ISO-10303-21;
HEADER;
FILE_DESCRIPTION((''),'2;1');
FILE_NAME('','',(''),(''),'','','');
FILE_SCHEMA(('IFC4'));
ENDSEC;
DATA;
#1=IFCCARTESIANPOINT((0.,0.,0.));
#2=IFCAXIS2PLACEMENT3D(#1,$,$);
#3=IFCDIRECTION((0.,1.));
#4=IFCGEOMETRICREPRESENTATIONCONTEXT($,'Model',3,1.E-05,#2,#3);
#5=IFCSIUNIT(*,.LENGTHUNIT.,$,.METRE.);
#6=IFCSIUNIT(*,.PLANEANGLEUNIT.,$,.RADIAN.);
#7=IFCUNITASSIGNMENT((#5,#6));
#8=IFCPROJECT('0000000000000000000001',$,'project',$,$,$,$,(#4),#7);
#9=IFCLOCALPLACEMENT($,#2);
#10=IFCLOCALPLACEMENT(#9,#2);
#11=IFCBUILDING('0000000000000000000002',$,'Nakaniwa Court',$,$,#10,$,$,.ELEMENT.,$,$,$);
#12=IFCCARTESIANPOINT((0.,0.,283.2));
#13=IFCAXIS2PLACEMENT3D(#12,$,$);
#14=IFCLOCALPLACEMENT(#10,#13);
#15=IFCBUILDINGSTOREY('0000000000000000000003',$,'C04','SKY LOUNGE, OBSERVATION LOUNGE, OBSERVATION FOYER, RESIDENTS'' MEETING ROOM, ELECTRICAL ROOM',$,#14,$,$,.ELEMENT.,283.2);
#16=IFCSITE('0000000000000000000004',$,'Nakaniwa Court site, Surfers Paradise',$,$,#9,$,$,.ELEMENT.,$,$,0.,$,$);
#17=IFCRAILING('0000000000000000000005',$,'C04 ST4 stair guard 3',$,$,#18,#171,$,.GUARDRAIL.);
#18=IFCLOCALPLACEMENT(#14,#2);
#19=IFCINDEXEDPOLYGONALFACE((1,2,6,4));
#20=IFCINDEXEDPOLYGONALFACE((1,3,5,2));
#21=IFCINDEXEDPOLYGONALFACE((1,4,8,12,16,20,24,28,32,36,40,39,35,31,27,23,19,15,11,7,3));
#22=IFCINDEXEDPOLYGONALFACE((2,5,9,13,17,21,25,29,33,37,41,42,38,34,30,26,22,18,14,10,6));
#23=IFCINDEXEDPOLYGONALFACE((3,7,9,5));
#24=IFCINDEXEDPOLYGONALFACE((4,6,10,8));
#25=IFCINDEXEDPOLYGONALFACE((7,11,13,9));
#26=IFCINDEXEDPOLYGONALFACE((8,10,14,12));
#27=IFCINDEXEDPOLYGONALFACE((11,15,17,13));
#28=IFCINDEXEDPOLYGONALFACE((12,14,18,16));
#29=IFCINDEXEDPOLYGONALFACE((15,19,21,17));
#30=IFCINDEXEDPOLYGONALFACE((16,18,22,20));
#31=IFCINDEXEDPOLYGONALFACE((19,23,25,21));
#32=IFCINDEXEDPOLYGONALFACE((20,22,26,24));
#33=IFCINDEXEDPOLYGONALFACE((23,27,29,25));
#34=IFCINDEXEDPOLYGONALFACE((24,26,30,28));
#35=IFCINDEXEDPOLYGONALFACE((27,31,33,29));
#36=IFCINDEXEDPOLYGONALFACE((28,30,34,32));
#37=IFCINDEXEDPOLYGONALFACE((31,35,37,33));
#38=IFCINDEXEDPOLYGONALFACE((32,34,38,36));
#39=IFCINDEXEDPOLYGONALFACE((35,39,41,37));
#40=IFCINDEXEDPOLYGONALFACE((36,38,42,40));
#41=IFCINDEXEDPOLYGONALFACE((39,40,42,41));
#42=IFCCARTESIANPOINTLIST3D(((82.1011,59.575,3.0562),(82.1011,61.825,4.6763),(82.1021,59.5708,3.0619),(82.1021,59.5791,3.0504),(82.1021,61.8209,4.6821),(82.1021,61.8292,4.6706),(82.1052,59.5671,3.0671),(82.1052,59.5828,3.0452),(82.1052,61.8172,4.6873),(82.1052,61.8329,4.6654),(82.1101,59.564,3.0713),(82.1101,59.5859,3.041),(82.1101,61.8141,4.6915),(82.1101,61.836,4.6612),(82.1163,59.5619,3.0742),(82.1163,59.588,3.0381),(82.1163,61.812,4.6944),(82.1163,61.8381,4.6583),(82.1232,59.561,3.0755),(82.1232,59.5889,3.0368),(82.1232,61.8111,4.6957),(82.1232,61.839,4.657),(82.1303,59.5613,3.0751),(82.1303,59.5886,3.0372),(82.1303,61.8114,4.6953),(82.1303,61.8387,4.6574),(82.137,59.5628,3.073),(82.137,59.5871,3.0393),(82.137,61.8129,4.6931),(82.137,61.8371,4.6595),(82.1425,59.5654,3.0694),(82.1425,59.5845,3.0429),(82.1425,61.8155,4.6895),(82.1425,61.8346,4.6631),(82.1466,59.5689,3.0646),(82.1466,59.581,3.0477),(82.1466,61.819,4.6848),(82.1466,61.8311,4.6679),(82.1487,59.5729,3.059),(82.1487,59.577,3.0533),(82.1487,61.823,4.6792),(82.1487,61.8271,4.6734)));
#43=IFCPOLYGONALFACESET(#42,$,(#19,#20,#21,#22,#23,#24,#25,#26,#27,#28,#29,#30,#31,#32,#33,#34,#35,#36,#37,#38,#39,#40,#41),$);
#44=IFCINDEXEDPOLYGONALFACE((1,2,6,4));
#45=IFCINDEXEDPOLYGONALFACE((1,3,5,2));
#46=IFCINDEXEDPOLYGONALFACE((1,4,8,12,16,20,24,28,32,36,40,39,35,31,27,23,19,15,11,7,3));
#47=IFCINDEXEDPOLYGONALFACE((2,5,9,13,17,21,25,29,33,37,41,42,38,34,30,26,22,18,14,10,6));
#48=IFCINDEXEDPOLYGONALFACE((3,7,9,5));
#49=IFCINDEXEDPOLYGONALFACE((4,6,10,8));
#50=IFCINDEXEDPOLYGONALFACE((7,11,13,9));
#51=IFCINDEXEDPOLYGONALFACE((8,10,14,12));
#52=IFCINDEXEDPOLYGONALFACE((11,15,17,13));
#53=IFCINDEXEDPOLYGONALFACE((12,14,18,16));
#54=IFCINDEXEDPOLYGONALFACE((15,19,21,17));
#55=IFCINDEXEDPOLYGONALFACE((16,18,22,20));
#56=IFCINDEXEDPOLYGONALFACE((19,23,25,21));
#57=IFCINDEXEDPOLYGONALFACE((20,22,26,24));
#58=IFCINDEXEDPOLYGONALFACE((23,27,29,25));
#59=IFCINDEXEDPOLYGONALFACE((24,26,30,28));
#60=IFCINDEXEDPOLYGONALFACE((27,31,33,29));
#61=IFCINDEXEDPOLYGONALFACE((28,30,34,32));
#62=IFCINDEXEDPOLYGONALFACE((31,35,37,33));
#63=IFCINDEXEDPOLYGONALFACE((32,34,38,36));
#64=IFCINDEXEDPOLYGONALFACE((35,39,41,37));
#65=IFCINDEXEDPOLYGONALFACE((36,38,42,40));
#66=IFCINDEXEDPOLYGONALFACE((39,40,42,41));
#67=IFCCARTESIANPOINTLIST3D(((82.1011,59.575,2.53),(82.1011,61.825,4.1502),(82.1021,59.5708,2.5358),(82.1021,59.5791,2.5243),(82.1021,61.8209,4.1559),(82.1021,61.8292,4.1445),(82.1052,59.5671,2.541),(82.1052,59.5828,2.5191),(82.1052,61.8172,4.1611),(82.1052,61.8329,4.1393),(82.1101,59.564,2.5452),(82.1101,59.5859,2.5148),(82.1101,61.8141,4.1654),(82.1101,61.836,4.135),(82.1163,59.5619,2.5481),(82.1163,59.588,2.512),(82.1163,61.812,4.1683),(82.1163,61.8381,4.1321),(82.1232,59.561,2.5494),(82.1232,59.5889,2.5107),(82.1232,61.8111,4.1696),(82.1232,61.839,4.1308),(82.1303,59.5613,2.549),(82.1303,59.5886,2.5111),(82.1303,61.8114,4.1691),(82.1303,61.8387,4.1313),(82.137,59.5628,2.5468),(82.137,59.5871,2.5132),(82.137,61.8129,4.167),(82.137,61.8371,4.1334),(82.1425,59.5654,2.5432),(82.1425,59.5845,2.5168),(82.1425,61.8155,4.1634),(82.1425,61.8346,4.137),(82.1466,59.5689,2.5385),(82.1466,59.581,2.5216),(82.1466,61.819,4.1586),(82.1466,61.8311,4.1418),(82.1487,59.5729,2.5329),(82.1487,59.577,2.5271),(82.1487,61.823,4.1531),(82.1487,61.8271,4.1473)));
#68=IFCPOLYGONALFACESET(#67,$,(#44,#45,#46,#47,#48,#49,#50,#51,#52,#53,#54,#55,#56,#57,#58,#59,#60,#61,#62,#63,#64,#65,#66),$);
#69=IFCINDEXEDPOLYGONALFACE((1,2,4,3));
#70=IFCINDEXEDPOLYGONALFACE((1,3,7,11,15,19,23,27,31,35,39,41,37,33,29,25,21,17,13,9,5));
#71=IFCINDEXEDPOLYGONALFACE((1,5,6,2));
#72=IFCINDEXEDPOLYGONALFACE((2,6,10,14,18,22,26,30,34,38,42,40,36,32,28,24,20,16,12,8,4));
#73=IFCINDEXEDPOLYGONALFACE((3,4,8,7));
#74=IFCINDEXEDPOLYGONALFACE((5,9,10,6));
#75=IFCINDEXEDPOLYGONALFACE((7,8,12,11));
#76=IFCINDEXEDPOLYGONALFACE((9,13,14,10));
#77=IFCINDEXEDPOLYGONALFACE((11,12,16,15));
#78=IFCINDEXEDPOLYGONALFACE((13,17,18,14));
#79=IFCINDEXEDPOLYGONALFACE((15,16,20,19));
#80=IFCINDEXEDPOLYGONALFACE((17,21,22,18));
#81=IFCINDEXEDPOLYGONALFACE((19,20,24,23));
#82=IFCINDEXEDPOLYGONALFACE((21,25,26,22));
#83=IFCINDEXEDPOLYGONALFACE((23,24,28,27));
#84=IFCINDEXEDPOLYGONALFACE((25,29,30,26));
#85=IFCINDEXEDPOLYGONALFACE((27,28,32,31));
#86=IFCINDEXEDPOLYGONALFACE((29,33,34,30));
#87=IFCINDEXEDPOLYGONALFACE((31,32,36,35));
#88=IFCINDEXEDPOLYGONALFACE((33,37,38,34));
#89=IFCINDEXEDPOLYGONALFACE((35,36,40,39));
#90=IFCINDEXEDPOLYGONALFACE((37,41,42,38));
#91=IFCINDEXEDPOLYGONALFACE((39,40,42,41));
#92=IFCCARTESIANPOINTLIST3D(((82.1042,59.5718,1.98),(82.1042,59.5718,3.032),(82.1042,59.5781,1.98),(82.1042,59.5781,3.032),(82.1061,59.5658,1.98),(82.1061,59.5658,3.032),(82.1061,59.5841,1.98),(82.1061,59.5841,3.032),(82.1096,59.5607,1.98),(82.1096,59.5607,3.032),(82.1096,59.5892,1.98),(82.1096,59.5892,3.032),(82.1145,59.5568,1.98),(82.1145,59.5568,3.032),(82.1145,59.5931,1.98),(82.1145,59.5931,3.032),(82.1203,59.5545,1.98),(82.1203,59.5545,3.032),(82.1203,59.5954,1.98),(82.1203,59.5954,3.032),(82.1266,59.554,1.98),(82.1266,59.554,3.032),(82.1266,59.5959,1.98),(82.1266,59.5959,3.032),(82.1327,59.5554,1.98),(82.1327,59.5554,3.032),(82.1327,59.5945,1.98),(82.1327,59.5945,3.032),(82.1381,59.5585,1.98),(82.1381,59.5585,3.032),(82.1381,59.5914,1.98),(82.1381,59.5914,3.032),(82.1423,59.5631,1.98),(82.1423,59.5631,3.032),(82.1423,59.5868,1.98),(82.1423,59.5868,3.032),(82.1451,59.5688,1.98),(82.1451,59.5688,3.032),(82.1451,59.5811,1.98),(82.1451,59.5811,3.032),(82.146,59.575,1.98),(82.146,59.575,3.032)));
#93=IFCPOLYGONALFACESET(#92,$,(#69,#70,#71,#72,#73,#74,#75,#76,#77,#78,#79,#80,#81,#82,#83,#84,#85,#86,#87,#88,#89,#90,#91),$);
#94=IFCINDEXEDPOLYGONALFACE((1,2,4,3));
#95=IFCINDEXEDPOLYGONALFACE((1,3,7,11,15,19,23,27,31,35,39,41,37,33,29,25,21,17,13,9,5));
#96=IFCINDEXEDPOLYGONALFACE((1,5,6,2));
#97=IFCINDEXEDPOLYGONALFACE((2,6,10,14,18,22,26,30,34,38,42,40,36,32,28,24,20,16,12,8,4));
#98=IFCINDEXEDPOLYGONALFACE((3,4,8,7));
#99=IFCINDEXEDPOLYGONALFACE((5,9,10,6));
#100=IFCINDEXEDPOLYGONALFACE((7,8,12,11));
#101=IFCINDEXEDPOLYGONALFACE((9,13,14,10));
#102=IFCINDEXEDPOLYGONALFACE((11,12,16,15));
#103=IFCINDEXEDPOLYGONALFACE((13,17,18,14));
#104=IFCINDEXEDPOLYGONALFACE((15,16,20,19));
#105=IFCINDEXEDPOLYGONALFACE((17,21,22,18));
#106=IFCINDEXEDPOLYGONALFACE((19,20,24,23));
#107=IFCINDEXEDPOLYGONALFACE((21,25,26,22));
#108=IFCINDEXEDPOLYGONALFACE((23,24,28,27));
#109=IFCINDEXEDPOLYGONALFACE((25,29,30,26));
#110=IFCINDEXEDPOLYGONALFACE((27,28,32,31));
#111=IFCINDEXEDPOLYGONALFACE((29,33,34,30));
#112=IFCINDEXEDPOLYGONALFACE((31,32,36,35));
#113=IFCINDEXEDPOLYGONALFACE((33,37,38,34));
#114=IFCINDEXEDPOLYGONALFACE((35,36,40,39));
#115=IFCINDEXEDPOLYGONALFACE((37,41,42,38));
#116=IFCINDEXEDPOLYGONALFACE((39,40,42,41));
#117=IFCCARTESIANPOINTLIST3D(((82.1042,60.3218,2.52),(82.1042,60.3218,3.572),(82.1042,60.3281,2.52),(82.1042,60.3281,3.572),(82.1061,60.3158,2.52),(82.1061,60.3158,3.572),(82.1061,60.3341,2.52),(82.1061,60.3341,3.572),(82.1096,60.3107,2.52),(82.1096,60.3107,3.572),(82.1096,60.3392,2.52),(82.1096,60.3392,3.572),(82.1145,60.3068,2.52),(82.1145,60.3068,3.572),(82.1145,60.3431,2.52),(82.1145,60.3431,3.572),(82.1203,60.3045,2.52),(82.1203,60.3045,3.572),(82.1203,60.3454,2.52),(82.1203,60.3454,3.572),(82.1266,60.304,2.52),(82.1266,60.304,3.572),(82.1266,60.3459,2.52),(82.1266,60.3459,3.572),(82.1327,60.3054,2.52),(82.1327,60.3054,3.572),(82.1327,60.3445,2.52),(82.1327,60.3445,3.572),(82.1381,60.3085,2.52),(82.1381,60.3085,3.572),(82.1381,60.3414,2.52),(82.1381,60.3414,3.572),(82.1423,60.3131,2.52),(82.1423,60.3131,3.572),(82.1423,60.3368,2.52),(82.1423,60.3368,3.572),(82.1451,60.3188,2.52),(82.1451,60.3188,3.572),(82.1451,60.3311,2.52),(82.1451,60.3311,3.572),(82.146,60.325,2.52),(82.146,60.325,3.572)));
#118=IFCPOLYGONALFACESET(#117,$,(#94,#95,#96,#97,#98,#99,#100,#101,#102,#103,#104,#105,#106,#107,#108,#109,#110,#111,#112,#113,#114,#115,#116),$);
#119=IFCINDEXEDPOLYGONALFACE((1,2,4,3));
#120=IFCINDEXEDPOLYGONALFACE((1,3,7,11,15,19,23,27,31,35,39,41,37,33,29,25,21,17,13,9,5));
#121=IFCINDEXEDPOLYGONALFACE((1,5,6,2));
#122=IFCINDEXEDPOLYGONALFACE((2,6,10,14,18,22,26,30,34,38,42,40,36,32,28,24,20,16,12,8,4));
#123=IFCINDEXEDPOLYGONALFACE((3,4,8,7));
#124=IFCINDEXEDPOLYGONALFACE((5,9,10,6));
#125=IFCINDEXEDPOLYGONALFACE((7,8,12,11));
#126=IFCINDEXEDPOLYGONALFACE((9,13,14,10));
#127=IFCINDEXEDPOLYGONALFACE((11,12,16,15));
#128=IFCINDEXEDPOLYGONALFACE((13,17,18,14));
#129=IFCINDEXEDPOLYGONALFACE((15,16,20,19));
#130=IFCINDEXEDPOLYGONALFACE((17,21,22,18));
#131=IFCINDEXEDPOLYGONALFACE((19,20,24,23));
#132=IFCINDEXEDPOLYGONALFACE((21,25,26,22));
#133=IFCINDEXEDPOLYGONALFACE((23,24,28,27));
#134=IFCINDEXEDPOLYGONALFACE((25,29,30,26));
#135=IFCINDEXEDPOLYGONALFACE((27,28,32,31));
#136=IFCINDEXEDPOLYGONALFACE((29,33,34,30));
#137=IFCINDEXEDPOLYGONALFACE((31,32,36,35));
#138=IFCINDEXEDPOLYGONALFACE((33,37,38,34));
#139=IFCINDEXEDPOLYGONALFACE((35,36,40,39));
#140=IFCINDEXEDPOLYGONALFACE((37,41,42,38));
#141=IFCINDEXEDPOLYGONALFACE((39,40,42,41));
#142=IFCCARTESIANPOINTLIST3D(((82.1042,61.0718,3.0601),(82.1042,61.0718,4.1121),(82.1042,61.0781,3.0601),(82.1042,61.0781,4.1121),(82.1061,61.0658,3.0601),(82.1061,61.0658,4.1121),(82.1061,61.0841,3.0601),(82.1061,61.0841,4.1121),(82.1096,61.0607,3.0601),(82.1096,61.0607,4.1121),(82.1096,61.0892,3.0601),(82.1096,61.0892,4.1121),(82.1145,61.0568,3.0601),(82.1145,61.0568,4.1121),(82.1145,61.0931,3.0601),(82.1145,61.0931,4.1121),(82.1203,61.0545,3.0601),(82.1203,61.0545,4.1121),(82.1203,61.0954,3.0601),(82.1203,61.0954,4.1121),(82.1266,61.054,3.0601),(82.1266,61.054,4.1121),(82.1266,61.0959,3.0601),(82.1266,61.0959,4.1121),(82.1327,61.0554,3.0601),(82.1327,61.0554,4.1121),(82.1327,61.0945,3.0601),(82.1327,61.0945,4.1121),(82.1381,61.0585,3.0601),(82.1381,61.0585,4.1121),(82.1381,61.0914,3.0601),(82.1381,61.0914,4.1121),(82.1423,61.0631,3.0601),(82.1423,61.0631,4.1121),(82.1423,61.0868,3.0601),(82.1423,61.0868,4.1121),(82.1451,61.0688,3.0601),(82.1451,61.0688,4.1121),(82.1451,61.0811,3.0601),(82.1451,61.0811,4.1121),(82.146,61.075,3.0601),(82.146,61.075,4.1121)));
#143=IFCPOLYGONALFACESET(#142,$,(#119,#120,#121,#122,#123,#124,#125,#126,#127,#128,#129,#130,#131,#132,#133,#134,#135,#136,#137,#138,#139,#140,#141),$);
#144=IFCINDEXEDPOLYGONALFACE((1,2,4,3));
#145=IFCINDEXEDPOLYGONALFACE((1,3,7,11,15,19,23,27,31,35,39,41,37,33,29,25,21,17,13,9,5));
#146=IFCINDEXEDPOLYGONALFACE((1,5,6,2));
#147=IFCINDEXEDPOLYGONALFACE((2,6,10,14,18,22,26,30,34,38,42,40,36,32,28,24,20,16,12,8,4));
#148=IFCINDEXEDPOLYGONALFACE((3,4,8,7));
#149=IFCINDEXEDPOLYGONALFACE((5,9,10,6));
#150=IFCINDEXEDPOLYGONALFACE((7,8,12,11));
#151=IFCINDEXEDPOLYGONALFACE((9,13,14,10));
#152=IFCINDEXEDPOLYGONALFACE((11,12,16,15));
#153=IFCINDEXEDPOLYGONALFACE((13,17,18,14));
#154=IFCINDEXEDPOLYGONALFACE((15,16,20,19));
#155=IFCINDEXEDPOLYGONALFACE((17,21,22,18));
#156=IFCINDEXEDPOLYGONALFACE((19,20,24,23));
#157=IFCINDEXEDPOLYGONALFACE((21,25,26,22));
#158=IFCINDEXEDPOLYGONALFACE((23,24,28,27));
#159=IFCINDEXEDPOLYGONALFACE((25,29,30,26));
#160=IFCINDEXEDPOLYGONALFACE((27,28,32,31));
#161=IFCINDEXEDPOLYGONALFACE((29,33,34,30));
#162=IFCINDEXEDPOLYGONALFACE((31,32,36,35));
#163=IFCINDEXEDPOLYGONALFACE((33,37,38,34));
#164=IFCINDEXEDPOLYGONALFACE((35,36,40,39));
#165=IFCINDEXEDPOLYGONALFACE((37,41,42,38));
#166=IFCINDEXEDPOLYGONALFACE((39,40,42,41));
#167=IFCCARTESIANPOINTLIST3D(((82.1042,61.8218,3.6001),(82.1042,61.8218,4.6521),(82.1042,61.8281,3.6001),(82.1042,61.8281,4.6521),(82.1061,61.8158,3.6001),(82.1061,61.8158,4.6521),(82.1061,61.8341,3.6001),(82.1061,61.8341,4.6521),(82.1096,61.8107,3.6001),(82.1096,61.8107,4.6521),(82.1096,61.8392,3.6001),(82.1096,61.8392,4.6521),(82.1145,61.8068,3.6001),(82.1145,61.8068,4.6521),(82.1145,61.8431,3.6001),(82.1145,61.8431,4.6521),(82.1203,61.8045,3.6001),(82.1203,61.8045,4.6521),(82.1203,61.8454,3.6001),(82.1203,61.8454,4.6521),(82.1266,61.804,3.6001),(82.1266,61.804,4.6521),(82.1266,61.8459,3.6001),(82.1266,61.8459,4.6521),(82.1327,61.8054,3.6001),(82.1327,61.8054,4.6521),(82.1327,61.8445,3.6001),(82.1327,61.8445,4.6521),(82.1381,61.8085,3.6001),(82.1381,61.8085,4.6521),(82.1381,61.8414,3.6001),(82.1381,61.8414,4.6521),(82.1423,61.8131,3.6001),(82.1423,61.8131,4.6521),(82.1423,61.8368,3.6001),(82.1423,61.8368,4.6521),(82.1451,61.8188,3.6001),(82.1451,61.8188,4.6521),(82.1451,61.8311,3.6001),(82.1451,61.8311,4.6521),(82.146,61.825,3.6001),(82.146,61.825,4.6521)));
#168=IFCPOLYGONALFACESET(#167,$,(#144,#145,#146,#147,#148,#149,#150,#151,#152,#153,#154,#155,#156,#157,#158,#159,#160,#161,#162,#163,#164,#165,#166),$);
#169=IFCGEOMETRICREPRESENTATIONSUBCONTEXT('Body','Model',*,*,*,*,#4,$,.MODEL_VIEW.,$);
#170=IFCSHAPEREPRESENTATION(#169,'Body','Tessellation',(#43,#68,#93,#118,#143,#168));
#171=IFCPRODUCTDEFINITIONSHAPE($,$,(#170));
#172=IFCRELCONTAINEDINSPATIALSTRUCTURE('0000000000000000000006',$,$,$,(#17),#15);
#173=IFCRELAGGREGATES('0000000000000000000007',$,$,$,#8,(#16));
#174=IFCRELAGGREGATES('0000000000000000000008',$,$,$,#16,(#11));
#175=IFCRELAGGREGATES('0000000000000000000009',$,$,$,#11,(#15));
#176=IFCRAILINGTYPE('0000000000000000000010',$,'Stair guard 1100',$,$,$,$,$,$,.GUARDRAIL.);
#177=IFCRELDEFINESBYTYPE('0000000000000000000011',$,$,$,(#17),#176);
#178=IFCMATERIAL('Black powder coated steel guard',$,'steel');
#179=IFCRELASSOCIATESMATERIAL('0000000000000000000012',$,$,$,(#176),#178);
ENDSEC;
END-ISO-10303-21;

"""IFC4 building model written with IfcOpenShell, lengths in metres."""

from ifc_helpers import new_model, si_unit, direction, frame, origin, origin_2d, place, context, subcontext, project, spatial, circle, extrude, material, type_object, element, save


model = new_model("IFC4")

# Units and contexts
model_context = context("Model", 3, precision=1e-05, world=origin(), true_north=direction((0.0, 1.0)))
body_context = subcontext(model_context, "Body", "Model", "MODEL_VIEW")
ifc_project = project(units=[si_unit("LENGTHUNIT", "METRE"), si_unit("PLANEANGLEUNIT", "RADIAN")], contexts=[model_context])

# Site, building, storey
site_placement = place(None, origin())
site = spatial("IfcSite", under=ifc_project, at=site_placement, Name="Nakaniwa Court site, Surfers Paradise", CompositionType="ELEMENT", RefElevation=0.0)
building_placement = place(site_placement, origin())
building = spatial("IfcBuilding", under=site, at=building_placement, Name="Nakaniwa Court", CompositionType="ELEMENT")
storey_placement = place(building_placement, frame((0.0, 0.0, 283.2)))
storey = spatial("IfcBuildingStorey", under=building, at=storey_placement, Name="C04", Description="SKY LOUNGE, OBSERVATION LOUNGE, OBSERVATION FOYER, RESIDENTS' MEETING ROOM, ELECTRICAL ROOM", CompositionType="ELEMENT", Elevation=283.2)

# Railing
ifc_material_1 = material(Name="Black powder coated steel guard", Category="steel")
railing_type_1 = type_object("IfcRailingType", Name="Stair guard 1100", PredefinedType="GUARDRAIL", material=ifc_material_1)
railing_1_placement = place(storey_placement, frame((82.125, 59.575, 1.98)))
element("IfcRailing", 1, at=railing_1_placement, inside=storey, type_object=railing_type_1, Name="C04 ST4 stair guard 3", PredefinedType="GUARDRAIL", context=body_context, shape_type="SweptSolid", body=[
    extrude(circle(Radius=0.0239, at=origin_2d()), frame((0.0, 0.0, 1.0762), z_axis=(0.0, 0.811514, 0.584333), x_axis=(-1.0, 0.0, 0.0)), (0.0, 0.0, 1.0), 2.7727),
    extrude(circle(Radius=0.0239, at=origin_2d()), frame((0.0, 0.0, 0.55), z_axis=(0.0, 0.811514, 0.584333), x_axis=(-1.0, 0.0, 0.0)), (0.0, 0.0, 1.0), 2.7727),
    extrude(circle(Radius=0.021, at=origin_2d()), origin(), (0.0, 0.0, 1.0), 1.052),
    extrude(circle(Radius=0.021, at=origin_2d()), frame((0.0, 0.75, 0.54)), (0.0, 0.0, 1.0), 1.052),
    extrude(circle(Radius=0.021, at=origin_2d()), frame((0.0, 1.5, 1.0801)), (0.0, 0.0, 1.0), 1.052),
    extrude(circle(Radius=0.021, at=origin_2d()), frame((0.0, 2.25, 1.6201)), (0.0, 0.0, 1.0), 1.052),
])

save(model, "model.ifc")
